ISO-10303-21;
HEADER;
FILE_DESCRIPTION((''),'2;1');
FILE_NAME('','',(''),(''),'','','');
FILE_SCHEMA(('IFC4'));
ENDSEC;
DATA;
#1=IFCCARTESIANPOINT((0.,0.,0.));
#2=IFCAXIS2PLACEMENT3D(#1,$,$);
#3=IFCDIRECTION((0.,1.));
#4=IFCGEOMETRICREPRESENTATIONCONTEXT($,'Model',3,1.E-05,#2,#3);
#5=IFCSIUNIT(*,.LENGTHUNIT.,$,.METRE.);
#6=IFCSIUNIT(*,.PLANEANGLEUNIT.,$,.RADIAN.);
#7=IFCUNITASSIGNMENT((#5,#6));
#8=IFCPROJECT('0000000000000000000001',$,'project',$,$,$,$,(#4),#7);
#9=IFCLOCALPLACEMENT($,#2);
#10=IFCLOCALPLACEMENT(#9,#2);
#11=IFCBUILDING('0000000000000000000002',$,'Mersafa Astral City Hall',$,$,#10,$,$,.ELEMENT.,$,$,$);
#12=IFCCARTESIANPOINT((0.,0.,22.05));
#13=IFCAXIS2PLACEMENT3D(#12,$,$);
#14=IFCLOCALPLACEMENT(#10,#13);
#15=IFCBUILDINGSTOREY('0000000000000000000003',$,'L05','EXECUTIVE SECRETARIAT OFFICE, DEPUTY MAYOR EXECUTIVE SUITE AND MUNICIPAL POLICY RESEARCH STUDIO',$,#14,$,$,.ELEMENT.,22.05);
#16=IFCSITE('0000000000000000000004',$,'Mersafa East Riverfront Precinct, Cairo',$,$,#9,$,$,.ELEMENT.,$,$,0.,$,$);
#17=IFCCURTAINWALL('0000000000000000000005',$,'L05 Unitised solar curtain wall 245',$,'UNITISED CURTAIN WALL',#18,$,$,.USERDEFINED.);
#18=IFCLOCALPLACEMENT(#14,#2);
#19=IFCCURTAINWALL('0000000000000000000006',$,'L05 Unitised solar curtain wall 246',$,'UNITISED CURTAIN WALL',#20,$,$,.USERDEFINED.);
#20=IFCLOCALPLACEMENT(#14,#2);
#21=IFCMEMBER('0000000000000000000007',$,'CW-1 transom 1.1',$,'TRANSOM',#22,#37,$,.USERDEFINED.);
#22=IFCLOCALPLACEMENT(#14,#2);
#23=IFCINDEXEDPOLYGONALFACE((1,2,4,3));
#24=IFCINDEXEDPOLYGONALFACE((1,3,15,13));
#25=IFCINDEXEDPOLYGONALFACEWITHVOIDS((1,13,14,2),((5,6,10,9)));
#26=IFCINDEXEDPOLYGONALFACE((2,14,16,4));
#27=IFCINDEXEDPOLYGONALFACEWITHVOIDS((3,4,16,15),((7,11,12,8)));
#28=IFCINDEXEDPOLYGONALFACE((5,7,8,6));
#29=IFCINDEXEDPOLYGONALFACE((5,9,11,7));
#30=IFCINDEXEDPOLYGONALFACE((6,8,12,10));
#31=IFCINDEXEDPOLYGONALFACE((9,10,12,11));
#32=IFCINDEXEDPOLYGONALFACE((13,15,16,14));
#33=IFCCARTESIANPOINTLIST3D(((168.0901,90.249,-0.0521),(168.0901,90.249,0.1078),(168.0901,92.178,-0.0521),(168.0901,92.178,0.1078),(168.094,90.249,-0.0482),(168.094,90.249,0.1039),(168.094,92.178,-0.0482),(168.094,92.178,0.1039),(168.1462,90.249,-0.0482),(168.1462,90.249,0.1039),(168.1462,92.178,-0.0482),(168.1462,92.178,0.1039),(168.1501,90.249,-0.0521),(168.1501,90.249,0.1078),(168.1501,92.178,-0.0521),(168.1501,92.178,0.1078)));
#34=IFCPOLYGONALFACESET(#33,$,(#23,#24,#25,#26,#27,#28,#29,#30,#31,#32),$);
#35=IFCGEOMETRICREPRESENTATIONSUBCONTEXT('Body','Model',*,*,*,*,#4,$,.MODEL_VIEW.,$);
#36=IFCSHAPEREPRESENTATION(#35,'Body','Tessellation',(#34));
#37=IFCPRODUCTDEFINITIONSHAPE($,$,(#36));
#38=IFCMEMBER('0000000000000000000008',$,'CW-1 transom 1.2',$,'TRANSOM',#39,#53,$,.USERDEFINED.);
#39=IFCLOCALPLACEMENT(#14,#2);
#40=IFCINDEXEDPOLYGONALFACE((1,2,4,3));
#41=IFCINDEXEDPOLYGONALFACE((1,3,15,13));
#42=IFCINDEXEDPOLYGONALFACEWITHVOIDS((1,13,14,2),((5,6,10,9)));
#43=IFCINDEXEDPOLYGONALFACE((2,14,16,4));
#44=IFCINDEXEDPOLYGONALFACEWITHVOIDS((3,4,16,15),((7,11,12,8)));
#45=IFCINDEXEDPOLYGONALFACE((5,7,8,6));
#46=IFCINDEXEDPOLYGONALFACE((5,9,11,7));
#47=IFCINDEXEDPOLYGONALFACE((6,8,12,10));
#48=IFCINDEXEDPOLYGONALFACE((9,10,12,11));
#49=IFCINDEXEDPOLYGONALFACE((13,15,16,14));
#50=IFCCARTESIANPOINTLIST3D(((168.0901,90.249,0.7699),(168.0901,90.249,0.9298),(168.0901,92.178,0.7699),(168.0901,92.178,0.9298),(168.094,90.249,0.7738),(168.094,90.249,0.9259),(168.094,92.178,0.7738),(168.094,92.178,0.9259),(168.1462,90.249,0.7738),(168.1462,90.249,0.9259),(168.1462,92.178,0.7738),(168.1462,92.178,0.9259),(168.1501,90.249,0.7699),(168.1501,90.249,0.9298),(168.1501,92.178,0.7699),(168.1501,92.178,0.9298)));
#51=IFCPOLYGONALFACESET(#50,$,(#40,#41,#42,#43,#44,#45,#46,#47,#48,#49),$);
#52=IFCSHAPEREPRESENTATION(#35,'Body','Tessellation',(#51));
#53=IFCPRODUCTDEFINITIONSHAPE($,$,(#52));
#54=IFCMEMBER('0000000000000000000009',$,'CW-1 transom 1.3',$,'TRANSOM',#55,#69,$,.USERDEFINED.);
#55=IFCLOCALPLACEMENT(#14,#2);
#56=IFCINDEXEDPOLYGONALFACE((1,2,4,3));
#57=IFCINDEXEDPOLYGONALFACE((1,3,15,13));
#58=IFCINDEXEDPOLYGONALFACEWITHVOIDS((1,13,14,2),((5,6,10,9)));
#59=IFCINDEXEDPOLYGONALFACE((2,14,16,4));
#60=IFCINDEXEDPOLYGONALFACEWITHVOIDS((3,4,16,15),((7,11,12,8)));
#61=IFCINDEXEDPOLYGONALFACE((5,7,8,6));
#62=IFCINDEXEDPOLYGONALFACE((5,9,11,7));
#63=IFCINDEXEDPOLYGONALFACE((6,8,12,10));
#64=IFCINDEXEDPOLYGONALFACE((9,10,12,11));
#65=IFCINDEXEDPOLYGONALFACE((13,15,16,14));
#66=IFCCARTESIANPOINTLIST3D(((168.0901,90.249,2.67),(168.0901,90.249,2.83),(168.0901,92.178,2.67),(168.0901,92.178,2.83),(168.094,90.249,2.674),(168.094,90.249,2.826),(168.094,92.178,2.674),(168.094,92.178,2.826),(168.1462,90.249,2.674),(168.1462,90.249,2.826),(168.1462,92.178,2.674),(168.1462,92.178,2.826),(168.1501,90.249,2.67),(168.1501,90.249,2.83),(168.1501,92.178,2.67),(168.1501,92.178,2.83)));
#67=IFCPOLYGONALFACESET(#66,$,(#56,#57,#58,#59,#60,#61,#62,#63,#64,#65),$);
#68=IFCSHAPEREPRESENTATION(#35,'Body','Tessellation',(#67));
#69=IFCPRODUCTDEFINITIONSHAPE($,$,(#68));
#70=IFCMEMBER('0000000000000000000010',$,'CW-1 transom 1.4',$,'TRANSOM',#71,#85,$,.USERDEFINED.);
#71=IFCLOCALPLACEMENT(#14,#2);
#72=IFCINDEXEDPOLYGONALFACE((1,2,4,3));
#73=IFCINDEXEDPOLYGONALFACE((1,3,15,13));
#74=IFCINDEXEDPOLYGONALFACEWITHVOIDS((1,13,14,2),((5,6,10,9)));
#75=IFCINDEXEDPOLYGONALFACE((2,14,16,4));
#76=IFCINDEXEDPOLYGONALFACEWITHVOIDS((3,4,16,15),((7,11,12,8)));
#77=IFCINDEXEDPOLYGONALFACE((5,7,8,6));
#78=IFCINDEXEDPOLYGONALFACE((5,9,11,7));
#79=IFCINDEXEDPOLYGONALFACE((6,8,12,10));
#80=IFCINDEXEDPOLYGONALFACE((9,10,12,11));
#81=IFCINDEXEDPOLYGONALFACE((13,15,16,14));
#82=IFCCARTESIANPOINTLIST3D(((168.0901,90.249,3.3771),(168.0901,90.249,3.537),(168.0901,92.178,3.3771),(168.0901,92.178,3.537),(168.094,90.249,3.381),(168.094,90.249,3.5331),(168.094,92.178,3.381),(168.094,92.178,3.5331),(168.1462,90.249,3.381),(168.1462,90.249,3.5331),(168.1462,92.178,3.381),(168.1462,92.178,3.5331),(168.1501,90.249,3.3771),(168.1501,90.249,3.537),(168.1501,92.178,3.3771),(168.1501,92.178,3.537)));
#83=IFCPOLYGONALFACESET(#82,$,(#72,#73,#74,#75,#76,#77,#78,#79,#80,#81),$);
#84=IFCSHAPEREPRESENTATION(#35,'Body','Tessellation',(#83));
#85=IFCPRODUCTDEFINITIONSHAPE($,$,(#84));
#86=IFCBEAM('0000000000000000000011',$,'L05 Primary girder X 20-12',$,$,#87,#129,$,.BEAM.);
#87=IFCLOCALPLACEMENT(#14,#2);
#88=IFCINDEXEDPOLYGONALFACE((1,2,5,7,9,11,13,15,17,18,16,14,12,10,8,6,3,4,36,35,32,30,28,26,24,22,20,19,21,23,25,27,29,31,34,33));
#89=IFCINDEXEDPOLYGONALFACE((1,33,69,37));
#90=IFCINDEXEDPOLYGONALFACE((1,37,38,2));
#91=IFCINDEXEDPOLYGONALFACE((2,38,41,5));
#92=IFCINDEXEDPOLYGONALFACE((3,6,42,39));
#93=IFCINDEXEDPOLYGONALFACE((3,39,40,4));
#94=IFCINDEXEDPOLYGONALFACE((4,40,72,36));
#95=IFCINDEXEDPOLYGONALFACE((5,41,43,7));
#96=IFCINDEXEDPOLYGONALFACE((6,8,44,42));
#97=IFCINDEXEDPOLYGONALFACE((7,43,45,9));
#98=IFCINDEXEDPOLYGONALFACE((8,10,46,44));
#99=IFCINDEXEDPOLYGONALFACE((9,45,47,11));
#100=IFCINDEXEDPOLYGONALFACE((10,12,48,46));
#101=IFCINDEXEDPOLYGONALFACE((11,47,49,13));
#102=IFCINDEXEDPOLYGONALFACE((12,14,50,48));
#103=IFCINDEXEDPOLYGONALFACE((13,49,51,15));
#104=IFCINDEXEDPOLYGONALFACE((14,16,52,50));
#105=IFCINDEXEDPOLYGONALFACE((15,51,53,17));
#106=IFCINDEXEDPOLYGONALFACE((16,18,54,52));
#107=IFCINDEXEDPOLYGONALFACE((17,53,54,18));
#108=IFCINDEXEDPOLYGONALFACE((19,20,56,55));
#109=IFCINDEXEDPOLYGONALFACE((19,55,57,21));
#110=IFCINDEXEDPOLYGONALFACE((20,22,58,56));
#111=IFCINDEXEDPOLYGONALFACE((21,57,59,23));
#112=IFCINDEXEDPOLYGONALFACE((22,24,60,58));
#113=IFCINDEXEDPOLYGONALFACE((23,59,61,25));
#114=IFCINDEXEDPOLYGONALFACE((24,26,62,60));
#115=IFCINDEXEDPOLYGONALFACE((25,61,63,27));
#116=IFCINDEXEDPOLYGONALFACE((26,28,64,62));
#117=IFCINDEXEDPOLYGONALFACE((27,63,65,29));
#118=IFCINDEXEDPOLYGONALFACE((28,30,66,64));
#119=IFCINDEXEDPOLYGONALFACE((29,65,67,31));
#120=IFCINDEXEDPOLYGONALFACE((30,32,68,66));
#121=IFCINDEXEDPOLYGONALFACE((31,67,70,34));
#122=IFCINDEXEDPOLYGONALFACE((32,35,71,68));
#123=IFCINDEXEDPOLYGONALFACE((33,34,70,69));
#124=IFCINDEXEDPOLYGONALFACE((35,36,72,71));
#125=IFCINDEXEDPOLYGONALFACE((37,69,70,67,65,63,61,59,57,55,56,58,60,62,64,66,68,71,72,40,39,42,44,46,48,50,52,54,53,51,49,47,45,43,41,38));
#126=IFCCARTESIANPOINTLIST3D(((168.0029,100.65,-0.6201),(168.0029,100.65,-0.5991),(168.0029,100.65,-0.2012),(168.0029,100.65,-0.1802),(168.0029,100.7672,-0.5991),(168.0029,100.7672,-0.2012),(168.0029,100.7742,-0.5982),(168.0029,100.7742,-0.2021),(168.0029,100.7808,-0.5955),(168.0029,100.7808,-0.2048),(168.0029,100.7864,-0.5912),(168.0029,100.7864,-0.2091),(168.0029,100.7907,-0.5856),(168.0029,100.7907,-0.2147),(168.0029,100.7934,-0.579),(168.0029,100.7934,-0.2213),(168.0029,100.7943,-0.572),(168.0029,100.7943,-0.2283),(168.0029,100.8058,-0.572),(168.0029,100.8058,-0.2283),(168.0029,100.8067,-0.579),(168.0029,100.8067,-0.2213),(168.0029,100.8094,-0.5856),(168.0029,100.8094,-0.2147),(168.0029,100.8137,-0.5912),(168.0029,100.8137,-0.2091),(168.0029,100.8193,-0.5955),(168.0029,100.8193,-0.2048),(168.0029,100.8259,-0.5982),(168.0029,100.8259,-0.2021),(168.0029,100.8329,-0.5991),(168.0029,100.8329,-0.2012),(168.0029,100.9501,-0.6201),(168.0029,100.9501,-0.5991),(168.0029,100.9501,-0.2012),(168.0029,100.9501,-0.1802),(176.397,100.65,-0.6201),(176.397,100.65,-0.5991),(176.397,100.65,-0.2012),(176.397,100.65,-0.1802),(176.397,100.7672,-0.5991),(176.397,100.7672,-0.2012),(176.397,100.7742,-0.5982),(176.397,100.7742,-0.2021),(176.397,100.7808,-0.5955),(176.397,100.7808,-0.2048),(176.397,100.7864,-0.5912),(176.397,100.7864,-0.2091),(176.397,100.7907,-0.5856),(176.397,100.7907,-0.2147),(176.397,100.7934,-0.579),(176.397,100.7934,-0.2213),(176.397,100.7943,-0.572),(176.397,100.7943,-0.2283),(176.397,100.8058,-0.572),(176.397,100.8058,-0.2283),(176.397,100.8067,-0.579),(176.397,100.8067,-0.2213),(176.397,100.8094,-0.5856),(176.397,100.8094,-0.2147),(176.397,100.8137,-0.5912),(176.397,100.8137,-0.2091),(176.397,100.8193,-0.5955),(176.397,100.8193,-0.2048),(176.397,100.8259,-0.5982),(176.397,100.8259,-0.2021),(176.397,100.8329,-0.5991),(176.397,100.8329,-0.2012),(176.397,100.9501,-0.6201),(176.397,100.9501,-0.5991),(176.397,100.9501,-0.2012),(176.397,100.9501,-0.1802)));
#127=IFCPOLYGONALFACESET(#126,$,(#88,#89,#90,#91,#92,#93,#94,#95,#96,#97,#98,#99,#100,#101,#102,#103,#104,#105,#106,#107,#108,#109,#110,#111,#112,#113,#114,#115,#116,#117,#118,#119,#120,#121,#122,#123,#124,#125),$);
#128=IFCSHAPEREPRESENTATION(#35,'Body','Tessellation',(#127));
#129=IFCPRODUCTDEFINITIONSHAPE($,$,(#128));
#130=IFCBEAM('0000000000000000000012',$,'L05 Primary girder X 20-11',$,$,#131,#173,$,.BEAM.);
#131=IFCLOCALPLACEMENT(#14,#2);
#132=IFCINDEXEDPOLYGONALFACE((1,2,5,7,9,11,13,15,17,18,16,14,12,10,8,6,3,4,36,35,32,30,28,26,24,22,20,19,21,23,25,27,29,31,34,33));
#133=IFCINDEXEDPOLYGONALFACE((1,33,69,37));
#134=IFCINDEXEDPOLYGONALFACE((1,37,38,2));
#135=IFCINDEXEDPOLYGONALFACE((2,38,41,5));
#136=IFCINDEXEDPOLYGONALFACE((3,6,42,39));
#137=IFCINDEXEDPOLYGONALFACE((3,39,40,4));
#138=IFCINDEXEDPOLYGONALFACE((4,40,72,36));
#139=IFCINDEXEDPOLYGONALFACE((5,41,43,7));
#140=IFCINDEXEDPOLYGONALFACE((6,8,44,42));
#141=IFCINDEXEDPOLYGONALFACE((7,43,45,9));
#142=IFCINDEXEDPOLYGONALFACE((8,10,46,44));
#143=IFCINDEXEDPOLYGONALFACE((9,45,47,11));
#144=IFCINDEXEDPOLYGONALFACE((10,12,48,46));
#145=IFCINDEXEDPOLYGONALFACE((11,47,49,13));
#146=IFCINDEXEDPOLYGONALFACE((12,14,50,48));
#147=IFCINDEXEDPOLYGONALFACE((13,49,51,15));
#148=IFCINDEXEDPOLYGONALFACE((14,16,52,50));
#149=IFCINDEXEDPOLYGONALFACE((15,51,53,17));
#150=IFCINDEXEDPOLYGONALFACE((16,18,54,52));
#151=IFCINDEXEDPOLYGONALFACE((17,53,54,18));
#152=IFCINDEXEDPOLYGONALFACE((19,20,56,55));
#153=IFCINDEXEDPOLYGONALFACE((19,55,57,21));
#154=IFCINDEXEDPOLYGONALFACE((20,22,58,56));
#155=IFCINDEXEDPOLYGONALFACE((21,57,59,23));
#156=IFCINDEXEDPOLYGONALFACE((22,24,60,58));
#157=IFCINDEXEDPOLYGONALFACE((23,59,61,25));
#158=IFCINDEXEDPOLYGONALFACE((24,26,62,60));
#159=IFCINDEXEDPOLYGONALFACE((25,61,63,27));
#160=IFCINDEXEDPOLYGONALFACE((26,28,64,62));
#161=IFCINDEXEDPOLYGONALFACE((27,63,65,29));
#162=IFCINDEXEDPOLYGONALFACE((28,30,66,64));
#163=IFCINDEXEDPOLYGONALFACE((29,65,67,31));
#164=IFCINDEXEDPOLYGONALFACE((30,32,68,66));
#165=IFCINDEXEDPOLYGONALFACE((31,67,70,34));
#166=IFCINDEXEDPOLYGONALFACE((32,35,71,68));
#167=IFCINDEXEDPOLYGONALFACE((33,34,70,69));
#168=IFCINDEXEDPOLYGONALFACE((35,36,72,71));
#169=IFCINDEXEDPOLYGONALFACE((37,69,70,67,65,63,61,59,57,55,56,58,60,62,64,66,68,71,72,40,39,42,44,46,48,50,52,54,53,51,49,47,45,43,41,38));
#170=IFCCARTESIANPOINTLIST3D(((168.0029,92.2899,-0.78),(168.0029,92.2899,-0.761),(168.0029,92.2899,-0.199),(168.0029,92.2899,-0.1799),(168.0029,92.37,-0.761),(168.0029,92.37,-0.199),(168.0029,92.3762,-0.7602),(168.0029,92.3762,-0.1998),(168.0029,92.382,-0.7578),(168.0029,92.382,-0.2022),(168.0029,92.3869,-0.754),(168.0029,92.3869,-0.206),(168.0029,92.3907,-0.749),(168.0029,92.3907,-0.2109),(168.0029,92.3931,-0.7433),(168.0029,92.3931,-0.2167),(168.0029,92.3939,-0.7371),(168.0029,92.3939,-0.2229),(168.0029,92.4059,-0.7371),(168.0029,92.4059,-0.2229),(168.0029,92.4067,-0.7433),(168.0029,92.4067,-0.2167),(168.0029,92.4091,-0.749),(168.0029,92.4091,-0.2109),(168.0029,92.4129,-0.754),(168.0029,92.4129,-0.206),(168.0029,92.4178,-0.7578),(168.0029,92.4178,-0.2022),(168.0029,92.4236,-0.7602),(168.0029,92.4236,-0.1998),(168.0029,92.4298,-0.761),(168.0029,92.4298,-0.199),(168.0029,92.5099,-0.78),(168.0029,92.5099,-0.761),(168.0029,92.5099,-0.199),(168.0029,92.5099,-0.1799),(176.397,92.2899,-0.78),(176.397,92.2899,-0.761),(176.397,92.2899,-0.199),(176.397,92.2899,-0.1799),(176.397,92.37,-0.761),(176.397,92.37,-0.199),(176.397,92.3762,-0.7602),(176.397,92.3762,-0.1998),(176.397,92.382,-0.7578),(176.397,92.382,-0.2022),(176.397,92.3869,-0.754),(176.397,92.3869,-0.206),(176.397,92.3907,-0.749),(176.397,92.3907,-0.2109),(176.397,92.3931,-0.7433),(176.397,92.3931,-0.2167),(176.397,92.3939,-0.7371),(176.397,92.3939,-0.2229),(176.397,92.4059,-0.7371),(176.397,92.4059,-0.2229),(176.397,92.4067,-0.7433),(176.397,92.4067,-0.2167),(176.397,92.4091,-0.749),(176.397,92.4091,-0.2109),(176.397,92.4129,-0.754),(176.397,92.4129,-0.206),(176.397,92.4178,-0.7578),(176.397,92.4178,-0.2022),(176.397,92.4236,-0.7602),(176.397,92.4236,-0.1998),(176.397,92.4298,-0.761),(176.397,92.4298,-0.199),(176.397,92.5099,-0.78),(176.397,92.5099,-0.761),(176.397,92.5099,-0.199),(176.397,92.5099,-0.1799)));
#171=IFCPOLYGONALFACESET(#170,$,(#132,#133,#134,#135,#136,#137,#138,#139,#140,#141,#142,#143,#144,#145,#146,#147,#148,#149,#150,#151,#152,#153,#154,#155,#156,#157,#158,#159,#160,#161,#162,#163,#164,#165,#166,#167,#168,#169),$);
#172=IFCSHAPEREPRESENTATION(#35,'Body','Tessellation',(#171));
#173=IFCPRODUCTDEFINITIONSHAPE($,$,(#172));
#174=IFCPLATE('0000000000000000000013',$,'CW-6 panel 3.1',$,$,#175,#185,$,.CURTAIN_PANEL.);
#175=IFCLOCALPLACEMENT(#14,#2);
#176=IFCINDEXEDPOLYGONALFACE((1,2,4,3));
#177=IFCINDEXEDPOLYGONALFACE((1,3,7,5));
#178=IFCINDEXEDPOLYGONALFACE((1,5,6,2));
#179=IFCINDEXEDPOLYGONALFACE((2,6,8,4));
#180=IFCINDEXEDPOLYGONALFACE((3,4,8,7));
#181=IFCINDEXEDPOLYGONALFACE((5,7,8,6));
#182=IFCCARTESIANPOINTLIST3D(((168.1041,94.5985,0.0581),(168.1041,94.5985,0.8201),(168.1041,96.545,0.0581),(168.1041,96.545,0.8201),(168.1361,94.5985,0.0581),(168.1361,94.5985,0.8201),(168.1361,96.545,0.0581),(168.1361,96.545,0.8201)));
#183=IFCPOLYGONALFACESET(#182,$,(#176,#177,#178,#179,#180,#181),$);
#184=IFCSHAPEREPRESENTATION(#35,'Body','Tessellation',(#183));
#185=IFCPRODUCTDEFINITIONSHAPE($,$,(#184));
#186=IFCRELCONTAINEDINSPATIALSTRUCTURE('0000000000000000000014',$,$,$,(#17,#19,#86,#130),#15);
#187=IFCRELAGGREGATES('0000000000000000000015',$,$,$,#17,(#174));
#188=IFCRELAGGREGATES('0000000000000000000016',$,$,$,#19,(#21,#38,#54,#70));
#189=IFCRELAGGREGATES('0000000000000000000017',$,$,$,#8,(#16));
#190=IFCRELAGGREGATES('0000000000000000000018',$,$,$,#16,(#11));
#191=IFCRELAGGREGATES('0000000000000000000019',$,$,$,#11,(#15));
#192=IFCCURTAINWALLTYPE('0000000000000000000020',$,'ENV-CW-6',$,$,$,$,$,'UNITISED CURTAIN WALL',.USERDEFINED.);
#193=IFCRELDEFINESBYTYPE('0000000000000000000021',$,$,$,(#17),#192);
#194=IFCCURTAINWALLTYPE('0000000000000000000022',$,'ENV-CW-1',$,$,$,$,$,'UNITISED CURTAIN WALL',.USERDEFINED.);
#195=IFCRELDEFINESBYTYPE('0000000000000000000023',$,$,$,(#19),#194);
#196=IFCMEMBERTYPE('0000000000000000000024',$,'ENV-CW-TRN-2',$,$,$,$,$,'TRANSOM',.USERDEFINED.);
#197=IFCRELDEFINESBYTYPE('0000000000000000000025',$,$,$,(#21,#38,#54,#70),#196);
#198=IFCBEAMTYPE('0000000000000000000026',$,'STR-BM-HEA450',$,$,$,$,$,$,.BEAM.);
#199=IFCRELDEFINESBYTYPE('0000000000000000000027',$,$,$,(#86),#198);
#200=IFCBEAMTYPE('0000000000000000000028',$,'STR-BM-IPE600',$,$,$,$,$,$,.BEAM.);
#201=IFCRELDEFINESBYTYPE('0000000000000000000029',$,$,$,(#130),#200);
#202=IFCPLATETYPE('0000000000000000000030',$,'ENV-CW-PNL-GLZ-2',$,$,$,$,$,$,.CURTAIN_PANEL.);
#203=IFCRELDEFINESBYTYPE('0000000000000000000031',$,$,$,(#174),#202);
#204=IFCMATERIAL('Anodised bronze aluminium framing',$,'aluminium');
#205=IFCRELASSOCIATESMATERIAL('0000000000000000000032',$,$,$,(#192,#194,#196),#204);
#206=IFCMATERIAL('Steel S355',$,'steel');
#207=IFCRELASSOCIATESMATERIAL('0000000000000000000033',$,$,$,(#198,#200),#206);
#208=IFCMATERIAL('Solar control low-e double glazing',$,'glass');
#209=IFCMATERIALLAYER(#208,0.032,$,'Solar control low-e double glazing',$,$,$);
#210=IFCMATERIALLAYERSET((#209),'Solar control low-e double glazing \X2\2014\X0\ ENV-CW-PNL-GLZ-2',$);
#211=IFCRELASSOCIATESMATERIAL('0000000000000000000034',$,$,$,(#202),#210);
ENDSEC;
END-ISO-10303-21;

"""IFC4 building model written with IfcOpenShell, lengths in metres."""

from ifc_helpers import new_model, si_unit, direction, frame, origin, origin_2d, place, context, subcontext, project, spatial, rectangle, hollow_rectangle, i_section, extrude, material, layer, layer_set, material_profile, profile_set, type_object, element, aggregate, save


model = new_model("IFC4")

# Units and contexts
model_context = context("Model", 3, precision=1e-05, world=origin(), true_north=direction((0.0, 1.0)))
body_context = subcontext(model_context, "Body", "Model", "MODEL_VIEW")
ifc_project = project(units=[si_unit("LENGTHUNIT", "METRE"), si_unit("PLANEANGLEUNIT", "RADIAN")], contexts=[model_context])

# Site, building, storey
site_placement = place(None, origin())
site = spatial("IfcSite", under=ifc_project, at=site_placement, Name="Mersafa East Riverfront Precinct, Cairo", CompositionType="ELEMENT", RefElevation=0.0)
building_placement = place(site_placement, origin())
building = spatial("IfcBuilding", under=site, at=building_placement, Name="Mersafa Astral City Hall", CompositionType="ELEMENT")
storey_placement = place(building_placement, frame((0.0, 0.0, 22.05)))
storey = spatial("IfcBuildingStorey", under=building, at=storey_placement, Name="L05", Description="EXECUTIVE SECRETARIAT OFFICE, DEPUTY MAYOR EXECUTIVE SUITE AND MUNICIPAL POLICY RESEARCH STUDIO", CompositionType="ELEMENT", Elevation=22.05)

# Curtain wall
ifc_material_1 = material(Name="Anodised bronze aluminium framing", Category="aluminium")
curtain_wall_type_1 = type_object("IfcCurtainWallType", Name="ENV-CW-6", ElementType="UNITISED CURTAIN WALL", PredefinedType="USERDEFINED", material=ifc_material_1)
curtain_wall_1_placement = place(storey_placement, origin())
curtain_wall_1 = element("IfcCurtainWall", 1, at=curtain_wall_1_placement, inside=storey, type_object=curtain_wall_type_1, Name="L05 Unitised solar curtain wall 245", ObjectType="UNITISED CURTAIN WALL", PredefinedType="USERDEFINED")

# Curtain wall
curtain_wall_type_2 = type_object("IfcCurtainWallType", Name="ENV-CW-1", ElementType="UNITISED CURTAIN WALL", PredefinedType="USERDEFINED", material=ifc_material_1)
curtain_wall_2_placement = place(storey_placement, origin())
curtain_wall_2 = element("IfcCurtainWall", 2, at=curtain_wall_2_placement, inside=storey, type_object=curtain_wall_type_2, Name="L05 Unitised solar curtain wall 246", ObjectType="UNITISED CURTAIN WALL", PredefinedType="USERDEFINED")

# Members
ifc_material_profile_1 = material_profile(ifc_material_1, hollow_rectangle(XDim=0.0601, YDim=0.1599, WallThickness=0.0039, at=origin_2d()), Name="RHS 60x160x4")
ifc_profile_set_1 = profile_set([ifc_material_profile_1], Name="Anodised bronze aluminium framing")
member_type_1 = type_object("IfcMemberType", Name="ENV-CW-TRN-2", ElementType="TRANSOM", PredefinedType="USERDEFINED", material=ifc_profile_set_1)
member_1_placement = place(storey_placement, frame((168.1201, 92.178, 0.0278), z_axis=(0.0, -1.0, 0.0), x_axis=(1.0, 0.0, 0.0)))
member_1 = element("IfcMember", 3, at=member_1_placement, type_object=member_type_1, Name="CW-1 transom 1.1", ObjectType="TRANSOM", PredefinedType="USERDEFINED", context=body_context, shape_type="SweptSolid", body=[
    extrude(hollow_rectangle(XDim=0.0601, YDim=0.1599, WallThickness=0.0039, at=origin_2d()), origin(), (0.0, 0.0, 1.0), 1.929),
])
member_2_placement = place(storey_placement, frame((168.1201, 92.178, 0.8499), z_axis=(0.0, -1.0, 0.0), x_axis=(1.0, 0.0, 0.0)))
member_2 = element("IfcMember", 4, at=member_2_placement, type_object=member_type_1, Name="CW-1 transom 1.2", ObjectType="TRANSOM", PredefinedType="USERDEFINED", context=body_context, shape_type="SweptSolid", body=[
    extrude(hollow_rectangle(XDim=0.0601, YDim=0.1599, WallThickness=0.0039, at=origin_2d()), origin(), (0.0, 0.0, 1.0), 1.929),
])
member_3_placement = place(storey_placement, frame((168.1201, 92.178, 2.75), z_axis=(0.0, -1.0, 0.0), x_axis=(1.0, 0.0, 0.0)))
member_3 = element("IfcMember", 5, at=member_3_placement, type_object=member_type_1, Name="CW-1 transom 1.3", ObjectType="TRANSOM", PredefinedType="USERDEFINED", context=body_context, shape_type="SweptSolid", body=[
    extrude(hollow_rectangle(XDim=0.0601, YDim=0.1599, WallThickness=0.0039, at=origin_2d()), origin(), (0.0, 0.0, 1.0), 1.929),
])
member_4_placement = place(storey_placement, frame((168.1201, 92.178, 3.457), z_axis=(0.0, -1.0, 0.0), x_axis=(1.0, 0.0, 0.0)))
member_4 = element("IfcMember", 6, at=member_4_placement, type_object=member_type_1, Name="CW-1 transom 1.4", ObjectType="TRANSOM", PredefinedType="USERDEFINED", context=body_context, shape_type="SweptSolid", body=[
    extrude(hollow_rectangle(XDim=0.0601, YDim=0.1599, WallThickness=0.0039, at=origin_2d()), origin(), (0.0, 0.0, 1.0), 1.929),
])

# Beams
ifc_material_2 = material(Name="Steel S355", Category="steel")
ifc_material_profile_2 = material_profile(ifc_material_2, i_section(OverallWidth=0.3, OverallDepth=0.4399, WebThickness=0.0115, FlangeThickness=0.021, FilletRadius=0.0271, at=origin_2d()), Name="HEA 450")
ifc_profile_set_2 = profile_set([ifc_material_profile_2], Name="Steel S355")
beam_type_1 = type_object("IfcBeamType", Name="STR-BM-HEA450", PredefinedType="BEAM", material=ifc_profile_set_2)
beam_1_placement = place(storey_placement, frame((168.0029, 100.8, -0.4001), z_axis=(1.0, 0.0, 0.0), x_axis=(0.0, 1.0, 0.0)))
element("IfcBeam", 7, at=beam_1_placement, inside=storey, type_object=beam_type_1, Name="L05 Primary girder X 20-12", PredefinedType="BEAM", context=body_context, shape_type="SweptSolid", body=[
    extrude(i_section(OverallWidth=0.3, OverallDepth=0.4399, WebThickness=0.0115, FlangeThickness=0.021, FilletRadius=0.0271, at=origin_2d()), origin(), (0.0, 0.0, 1.0), 8.394),
])
ifc_material_profile_3 = material_profile(ifc_material_2, i_section(OverallWidth=0.22, OverallDepth=0.6001, WebThickness=0.012, FlangeThickness=0.019, FilletRadius=0.0239, at=origin_2d()), Name="IPE 600")
ifc_profile_set_3 = profile_set([ifc_material_profile_3], Name="Steel S355")
beam_type_2 = type_object("IfcBeamType", Name="STR-BM-IPE600", PredefinedType="BEAM", material=ifc_profile_set_3)
beam_2_placement = place(storey_placement, frame((168.0029, 92.3999, -0.48), z_axis=(1.0, 0.0, 0.0), x_axis=(0.0, 1.0, 0.0)))
element("IfcBeam", 8, at=beam_2_placement, inside=storey, type_object=beam_type_2, Name="L05 Primary girder X 20-11", PredefinedType="BEAM", context=body_context, shape_type="SweptSolid", body=[
    extrude(i_section(OverallWidth=0.22, OverallDepth=0.6001, WebThickness=0.012, FlangeThickness=0.019, FilletRadius=0.0239, at=origin_2d()), origin(), (0.0, 0.0, 1.0), 8.394),
])

# Plate
ifc_material_3 = material(Name="Solar control low-e double glazing", Category="glass")
ifc_layer_1 = layer(ifc_material_3, 0.032, Name="Solar control low-e double glazing")
ifc_layer_set_1 = layer_set([ifc_layer_1], Name="Solar control low-e double glazing — ENV-CW-PNL-GLZ-2")
plate_type_1 = type_object("IfcPlateType", Name="ENV-CW-PNL-GLZ-2", PredefinedType="CURTAIN_PANEL", material=ifc_layer_set_1)
plate_1_placement = place(storey_placement, frame((168.1201, 95.5718, 0.0581), z_axis=(0.0, 0.0, 1.0), x_axis=(0.0, -1.0, 0.0)))
plate_1 = element("IfcPlate", 9, at=plate_1_placement, type_object=plate_type_1, Name="CW-6 panel 3.1", PredefinedType="CURTAIN_PANEL", context=body_context, shape_type="SweptSolid", body=[
    extrude(rectangle(XDim=1.9465, YDim=0.032, at=origin_2d()), origin(), (0.0, 0.0, 1.0), 0.762),
])
aggregate(curtain_wall_1, [plate_1])
aggregate(curtain_wall_2, [member_1, member_2, member_3, member_4])

save(model, "model.ifc")
